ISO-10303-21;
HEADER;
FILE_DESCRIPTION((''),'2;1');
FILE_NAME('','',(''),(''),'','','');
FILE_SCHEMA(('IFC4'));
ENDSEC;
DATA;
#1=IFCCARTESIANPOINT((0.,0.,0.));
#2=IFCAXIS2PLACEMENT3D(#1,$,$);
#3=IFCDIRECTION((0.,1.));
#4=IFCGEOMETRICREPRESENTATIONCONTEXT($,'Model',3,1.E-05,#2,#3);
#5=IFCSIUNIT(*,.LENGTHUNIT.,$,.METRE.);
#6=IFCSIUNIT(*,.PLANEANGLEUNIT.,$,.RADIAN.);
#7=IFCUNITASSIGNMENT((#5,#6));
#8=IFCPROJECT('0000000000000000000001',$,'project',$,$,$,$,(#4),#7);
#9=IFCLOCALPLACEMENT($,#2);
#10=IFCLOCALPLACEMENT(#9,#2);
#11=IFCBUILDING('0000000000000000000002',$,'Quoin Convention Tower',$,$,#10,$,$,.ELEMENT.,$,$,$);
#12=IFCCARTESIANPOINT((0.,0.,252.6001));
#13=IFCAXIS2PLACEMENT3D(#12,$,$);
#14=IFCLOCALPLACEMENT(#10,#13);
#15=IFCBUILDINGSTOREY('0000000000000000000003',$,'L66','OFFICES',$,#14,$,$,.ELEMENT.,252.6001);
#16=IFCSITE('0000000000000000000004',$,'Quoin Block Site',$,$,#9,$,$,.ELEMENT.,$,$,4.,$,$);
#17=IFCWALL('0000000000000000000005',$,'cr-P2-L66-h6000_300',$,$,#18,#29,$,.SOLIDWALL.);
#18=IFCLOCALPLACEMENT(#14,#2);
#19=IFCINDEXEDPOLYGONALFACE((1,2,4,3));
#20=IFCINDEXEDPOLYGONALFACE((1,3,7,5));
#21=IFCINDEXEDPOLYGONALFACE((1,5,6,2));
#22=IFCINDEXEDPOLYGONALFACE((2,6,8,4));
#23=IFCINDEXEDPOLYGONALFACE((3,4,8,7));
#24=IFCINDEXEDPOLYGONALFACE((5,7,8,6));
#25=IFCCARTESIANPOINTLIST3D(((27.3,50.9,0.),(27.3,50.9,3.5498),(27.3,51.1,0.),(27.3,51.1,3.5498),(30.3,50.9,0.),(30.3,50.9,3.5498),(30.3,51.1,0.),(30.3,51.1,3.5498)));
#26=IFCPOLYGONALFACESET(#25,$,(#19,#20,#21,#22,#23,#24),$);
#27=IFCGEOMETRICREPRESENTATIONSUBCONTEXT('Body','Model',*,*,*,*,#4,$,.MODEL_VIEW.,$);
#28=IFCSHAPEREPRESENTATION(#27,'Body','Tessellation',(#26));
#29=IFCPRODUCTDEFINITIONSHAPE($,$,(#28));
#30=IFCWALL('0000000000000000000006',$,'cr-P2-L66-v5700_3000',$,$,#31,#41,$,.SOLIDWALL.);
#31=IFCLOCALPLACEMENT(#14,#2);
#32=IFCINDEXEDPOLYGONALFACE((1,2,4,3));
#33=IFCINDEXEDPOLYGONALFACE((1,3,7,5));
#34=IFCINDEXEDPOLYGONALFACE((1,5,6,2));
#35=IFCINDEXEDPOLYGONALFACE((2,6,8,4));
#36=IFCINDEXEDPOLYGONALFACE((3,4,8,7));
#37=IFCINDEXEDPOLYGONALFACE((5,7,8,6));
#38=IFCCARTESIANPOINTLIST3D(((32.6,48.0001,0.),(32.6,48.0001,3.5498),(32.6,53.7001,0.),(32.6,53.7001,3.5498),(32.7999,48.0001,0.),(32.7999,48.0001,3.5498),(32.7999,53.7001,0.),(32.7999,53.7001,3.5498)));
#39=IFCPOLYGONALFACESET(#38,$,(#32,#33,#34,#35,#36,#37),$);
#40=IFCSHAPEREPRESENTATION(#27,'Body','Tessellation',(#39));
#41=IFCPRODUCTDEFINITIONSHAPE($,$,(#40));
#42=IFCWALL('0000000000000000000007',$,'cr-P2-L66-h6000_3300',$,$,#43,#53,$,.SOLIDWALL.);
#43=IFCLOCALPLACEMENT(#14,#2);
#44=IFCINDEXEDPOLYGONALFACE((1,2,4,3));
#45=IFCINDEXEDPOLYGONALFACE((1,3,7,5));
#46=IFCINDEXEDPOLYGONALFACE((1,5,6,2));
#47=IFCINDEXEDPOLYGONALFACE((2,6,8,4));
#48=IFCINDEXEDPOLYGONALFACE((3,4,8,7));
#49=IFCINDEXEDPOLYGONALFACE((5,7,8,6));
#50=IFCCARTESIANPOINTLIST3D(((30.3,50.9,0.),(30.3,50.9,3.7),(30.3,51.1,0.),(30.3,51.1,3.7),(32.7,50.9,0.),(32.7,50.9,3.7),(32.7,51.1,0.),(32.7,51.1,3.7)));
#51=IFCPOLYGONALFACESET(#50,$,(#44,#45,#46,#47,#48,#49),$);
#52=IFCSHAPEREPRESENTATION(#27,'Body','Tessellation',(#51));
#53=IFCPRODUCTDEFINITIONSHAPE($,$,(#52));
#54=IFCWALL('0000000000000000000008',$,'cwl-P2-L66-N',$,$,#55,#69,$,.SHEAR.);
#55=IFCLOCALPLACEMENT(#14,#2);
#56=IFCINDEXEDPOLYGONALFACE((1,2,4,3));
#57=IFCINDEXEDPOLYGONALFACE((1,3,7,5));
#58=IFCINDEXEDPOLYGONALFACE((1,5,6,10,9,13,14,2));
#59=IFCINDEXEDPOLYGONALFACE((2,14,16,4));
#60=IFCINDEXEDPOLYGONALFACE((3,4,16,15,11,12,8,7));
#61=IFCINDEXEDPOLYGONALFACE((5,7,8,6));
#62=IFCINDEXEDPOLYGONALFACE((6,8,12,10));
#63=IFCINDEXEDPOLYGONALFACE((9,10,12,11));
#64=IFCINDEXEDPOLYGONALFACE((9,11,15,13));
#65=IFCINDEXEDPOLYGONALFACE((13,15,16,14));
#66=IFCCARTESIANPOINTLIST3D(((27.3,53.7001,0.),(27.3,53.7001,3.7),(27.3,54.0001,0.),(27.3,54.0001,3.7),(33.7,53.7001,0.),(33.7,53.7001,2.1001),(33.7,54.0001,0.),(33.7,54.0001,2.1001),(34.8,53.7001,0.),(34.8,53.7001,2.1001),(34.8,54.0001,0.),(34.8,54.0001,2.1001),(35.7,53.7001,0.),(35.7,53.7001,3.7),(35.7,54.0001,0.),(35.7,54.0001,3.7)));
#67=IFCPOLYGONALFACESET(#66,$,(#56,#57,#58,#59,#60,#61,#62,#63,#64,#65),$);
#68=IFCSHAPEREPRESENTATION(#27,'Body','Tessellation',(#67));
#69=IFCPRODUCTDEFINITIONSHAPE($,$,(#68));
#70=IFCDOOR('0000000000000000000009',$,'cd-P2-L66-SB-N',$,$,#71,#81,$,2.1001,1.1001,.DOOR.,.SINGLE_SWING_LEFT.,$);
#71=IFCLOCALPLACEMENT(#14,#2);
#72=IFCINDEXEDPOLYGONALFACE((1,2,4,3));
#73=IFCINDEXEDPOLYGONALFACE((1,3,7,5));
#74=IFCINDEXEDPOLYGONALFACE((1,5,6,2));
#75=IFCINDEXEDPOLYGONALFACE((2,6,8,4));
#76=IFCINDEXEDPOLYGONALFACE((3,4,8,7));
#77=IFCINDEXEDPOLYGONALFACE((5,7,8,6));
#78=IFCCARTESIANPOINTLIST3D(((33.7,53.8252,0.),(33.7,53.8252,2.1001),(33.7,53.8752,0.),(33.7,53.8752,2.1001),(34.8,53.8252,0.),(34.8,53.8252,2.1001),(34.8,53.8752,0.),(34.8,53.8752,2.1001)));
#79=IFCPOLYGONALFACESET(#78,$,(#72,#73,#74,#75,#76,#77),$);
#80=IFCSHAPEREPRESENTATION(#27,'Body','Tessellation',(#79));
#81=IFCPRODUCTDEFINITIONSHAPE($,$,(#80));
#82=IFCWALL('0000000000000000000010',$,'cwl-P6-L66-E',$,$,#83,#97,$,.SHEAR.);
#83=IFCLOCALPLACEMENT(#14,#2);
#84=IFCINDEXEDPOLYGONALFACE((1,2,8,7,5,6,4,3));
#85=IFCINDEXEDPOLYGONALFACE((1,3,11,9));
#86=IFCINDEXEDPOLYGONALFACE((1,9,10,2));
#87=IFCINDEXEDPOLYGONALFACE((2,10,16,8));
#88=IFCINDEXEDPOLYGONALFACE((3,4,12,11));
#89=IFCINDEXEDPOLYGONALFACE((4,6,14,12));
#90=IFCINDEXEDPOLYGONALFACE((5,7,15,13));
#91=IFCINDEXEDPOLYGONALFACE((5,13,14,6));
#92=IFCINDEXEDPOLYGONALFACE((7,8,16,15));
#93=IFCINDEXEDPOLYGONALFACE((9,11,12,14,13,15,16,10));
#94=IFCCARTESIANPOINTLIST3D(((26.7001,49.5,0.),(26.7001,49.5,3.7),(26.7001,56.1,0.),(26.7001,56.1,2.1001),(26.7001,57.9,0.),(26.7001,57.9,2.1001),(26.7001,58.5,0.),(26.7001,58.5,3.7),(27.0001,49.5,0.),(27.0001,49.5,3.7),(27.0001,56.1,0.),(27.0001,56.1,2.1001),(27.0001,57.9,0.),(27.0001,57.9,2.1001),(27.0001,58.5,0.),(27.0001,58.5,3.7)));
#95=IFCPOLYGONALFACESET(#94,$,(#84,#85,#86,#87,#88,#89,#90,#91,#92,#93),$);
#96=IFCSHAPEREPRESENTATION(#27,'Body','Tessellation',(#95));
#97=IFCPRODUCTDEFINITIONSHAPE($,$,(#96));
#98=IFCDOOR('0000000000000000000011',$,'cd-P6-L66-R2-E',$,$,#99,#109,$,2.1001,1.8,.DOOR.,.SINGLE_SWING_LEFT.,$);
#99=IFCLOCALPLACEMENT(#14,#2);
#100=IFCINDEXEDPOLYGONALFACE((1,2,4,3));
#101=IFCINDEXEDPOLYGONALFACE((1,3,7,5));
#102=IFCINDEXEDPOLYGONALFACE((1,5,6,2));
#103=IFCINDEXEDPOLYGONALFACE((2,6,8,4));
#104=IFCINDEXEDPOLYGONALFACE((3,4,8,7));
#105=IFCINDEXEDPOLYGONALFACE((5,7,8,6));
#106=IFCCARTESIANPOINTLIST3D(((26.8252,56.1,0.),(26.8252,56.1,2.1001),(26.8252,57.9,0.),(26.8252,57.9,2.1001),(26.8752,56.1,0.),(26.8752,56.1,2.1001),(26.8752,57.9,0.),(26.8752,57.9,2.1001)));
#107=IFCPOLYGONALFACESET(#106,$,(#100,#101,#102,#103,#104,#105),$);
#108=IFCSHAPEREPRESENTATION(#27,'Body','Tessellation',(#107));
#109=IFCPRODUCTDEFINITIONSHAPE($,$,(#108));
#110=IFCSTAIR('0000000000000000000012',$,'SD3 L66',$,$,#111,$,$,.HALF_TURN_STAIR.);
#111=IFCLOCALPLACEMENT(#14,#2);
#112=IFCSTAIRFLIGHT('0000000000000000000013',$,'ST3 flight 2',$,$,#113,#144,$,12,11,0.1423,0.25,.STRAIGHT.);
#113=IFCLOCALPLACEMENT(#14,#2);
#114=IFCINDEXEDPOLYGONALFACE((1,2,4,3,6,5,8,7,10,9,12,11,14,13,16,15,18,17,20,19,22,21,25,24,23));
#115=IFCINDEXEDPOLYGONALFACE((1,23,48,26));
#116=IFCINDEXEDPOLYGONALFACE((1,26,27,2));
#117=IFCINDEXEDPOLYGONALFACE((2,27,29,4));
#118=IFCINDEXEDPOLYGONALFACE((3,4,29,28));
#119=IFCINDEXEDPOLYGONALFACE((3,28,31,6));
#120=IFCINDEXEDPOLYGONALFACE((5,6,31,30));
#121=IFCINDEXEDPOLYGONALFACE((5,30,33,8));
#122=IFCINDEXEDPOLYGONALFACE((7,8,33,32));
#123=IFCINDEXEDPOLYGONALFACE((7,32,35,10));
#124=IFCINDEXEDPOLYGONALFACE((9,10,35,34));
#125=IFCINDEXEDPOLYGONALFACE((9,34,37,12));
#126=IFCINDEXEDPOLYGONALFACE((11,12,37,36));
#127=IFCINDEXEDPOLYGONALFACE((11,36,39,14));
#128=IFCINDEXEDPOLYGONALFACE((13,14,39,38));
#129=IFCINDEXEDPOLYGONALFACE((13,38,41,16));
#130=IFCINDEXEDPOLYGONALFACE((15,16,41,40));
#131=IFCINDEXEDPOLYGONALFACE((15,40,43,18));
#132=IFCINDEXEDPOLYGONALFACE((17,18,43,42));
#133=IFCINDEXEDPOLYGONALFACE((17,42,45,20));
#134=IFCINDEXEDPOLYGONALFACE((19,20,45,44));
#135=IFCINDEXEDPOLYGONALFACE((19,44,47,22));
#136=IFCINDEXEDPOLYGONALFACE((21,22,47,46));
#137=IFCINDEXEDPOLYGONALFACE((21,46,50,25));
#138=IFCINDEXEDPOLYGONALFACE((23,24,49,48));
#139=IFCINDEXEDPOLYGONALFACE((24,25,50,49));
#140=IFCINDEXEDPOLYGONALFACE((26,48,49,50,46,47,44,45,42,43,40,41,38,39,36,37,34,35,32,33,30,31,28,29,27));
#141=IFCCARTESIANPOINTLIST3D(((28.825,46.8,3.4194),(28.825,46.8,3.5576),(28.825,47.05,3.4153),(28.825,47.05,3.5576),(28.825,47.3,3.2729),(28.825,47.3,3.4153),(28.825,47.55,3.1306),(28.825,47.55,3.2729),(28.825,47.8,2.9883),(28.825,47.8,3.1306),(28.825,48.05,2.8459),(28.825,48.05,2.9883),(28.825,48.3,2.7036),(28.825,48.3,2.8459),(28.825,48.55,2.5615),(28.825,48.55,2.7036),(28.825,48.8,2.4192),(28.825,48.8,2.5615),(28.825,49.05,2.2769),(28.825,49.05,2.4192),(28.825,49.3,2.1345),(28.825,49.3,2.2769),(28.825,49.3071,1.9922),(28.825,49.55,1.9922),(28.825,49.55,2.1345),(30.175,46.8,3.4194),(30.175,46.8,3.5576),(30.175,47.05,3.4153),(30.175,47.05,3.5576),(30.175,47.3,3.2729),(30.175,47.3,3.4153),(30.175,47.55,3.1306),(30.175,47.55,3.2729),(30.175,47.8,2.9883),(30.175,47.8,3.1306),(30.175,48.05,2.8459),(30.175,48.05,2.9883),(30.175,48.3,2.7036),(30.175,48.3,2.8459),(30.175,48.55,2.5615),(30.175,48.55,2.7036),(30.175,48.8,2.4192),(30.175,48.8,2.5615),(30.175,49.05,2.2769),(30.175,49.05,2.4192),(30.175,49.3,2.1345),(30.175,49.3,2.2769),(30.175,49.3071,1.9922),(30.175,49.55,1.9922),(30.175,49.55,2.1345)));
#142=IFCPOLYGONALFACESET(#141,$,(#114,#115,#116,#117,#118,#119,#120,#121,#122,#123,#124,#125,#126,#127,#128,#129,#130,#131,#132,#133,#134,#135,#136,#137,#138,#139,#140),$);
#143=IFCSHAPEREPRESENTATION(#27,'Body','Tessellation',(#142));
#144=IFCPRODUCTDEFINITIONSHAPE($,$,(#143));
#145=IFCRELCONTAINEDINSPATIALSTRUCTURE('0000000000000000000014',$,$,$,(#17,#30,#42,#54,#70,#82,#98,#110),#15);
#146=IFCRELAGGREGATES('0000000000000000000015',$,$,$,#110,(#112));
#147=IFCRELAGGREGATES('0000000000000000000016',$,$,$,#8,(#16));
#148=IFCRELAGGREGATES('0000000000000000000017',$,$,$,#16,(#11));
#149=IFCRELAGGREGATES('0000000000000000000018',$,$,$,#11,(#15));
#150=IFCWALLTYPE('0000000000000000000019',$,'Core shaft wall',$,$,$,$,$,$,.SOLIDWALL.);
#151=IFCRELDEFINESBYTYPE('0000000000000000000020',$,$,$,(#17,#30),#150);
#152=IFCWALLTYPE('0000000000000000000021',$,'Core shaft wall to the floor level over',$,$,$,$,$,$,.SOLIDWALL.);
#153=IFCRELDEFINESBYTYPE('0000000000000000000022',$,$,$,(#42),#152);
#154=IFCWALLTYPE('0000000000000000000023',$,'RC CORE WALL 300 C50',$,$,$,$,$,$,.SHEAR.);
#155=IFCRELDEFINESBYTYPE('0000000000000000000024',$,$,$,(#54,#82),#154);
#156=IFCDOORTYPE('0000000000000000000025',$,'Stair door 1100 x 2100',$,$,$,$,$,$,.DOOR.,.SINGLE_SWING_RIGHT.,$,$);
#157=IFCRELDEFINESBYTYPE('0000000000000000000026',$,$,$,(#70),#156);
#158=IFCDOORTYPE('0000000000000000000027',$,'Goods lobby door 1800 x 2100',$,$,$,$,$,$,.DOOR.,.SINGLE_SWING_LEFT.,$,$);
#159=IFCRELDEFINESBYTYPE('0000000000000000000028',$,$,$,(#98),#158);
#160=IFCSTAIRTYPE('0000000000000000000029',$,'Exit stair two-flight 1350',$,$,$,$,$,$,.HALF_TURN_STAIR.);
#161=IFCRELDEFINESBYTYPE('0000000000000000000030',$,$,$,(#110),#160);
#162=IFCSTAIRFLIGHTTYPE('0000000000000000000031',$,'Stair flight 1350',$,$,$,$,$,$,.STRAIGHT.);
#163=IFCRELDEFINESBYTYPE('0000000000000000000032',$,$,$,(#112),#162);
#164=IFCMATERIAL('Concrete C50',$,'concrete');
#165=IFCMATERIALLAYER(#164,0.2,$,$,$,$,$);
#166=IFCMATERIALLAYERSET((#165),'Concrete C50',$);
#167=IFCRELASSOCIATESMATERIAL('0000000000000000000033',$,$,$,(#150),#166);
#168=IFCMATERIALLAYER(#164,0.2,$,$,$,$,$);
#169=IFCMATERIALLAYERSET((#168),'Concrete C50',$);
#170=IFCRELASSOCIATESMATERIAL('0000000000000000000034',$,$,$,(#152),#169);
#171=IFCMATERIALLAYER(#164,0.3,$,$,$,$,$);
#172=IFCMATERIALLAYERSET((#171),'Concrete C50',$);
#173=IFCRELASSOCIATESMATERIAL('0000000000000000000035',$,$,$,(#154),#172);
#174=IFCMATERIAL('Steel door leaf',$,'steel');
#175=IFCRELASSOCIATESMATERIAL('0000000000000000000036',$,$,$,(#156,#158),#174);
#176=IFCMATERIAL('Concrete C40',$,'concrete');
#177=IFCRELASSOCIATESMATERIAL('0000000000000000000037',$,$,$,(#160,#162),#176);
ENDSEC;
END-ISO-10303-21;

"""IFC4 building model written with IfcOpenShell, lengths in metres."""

from ifc_helpers import new_model, si_unit, direction, frame, frame_2d, origin, place, context, subcontext, project, spatial, polyline, rectangle, outline, extrude, material, layer, layer_set, type_object, element, fill, aggregate, save


model = new_model("IFC4")

# Units and contexts
model_context = context("Model", 3, precision=1e-05, world=origin(), true_north=direction((0.0, 1.0)))
body_context = subcontext(model_context, "Body", "Model", "MODEL_VIEW")
ifc_project = project(units=[si_unit("LENGTHUNIT", "METRE"), si_unit("PLANEANGLEUNIT", "RADIAN")], contexts=[model_context])

# Site, building, storey
site_placement = place(None, origin())
site = spatial("IfcSite", under=ifc_project, at=site_placement, Name="Quoin Block Site", CompositionType="ELEMENT", RefElevation=4.0)
building_placement = place(site_placement, origin())
building = spatial("IfcBuilding", under=site, at=building_placement, Name="Quoin Convention Tower", CompositionType="ELEMENT")
storey_placement = place(building_placement, frame((0.0, 0.0, 252.6001)))
storey = spatial("IfcBuildingStorey", under=building, at=storey_placement, Name="L66", Description="OFFICES", CompositionType="ELEMENT", Elevation=252.6001)

# Shared definitions
ifc_material_1 = material(Name="Concrete C50", Category="concrete")

# Walls
ifc_layer_1 = layer(ifc_material_1, 0.2)
ifc_layer_set_1 = layer_set([ifc_layer_1], Name="Concrete C50")
wall_type_1 = type_object("IfcWallType", Name="Core shaft wall", PredefinedType="SOLIDWALL", material=ifc_layer_set_1)
wall_1_placement = place(storey_placement, frame((27.3, 51.0, 0.0), z_axis=(0.0, 0.0, 1.0), x_axis=(1.0, 0.0, 0.0)))
element("IfcWall", 1, at=wall_1_placement, inside=storey, type_object=wall_type_1, Name="cr-P2-L66-h6000_300", PredefinedType="SOLIDWALL", context=body_context, shape_type="SweptSolid", body=[
    extrude(rectangle(XDim=3.0, YDim=0.2, at=frame_2d((1.5, 0.0))), origin(), (0.0, 0.0, 1.0), 3.5498),
])
wall_2_placement = place(storey_placement, frame((32.7, 48.0, 0.0), z_axis=(0.0, 0.0, 1.0), x_axis=(0.0, 1.0, 0.0)))
element("IfcWall", 2, at=wall_2_placement, inside=storey, type_object=wall_type_1, Name="cr-P2-L66-v5700_3000", PredefinedType="SOLIDWALL", context=body_context, shape_type="SweptSolid", body=[
    extrude(rectangle(XDim=5.7, YDim=0.2, at=frame_2d((2.8501, 0.0))), origin(), (0.0, 0.0, 1.0), 3.5498),
])
ifc_layer_2 = layer(ifc_material_1, 0.2)
ifc_layer_set_2 = layer_set([ifc_layer_2], Name="Concrete C50")
wall_type_2 = type_object("IfcWallType", Name="Core shaft wall to the floor level over", PredefinedType="SOLIDWALL", material=ifc_layer_set_2)
wall_3_placement = place(storey_placement, frame((30.3, 51.0, 0.0), z_axis=(0.0, 0.0, 1.0), x_axis=(1.0, 0.0, 0.0)))
element("IfcWall", 3, at=wall_3_placement, inside=storey, type_object=wall_type_2, Name="cr-P2-L66-h6000_3300", PredefinedType="SOLIDWALL", context=body_context, shape_type="SweptSolid", body=[
    extrude(rectangle(XDim=2.3999, YDim=0.2, at=frame_2d((1.2, 0.0))), origin(), (0.0, 0.0, 1.0), 3.7),
])

# Walls, openings, doors
ifc_layer_3 = layer(ifc_material_1, 0.3)
ifc_layer_set_3 = layer_set([ifc_layer_3], Name="Concrete C50")
wall_type_3 = type_object("IfcWallType", Name="RC CORE WALL 300 C50", PredefinedType="SHEAR", material=ifc_layer_set_3)
wall_4_placement = place(storey_placement, frame((27.3, 53.8501, 0.0), z_axis=(0.0, 0.0, 1.0), x_axis=(1.0, 0.0, 0.0)))
wall_4 = element("IfcWall", 4, at=wall_4_placement, inside=storey, type_object=wall_type_3, Name="cwl-P2-L66-N", PredefinedType="SHEAR", context=body_context, shape_type="SweptSolid", body=[
    extrude(rectangle(XDim=8.3999, YDim=0.3, at=frame_2d((4.2, 0.0))), origin(), (0.0, 0.0, 1.0), 3.7),
])
opening_1_placement = place(wall_4_placement, frame((6.3999, 0.0, 0.0)))
opening_1 = element("IfcOpeningElement", 5, at=opening_1_placement, cuts=wall_4, PredefinedType="OPENING", context=body_context, shape_type="SweptSolid", body=[
    extrude(rectangle(XDim=1.1001, YDim=2.1001, at=frame_2d((0.55, 1.05))), frame((0.0, 0.1599, 0.0), z_axis=(0.0, -1.0, 0.0), x_axis=(1.0, 0.0, 0.0)), (0.0, 0.0, 1.0), 0.3201),
])
ifc_material_2 = material(Name="Steel door leaf", Category="steel")
door_type_1 = type_object("IfcDoorType", Name="Stair door 1100 x 2100", OperationType="SINGLE_SWING_RIGHT", PredefinedType="DOOR", material=ifc_material_2)
door_1_placement = place(opening_1_placement, frame((1.1001, 0.0, 0.0), z_axis=(0.0, 0.0, 1.0), x_axis=(-1.0, 0.0, 0.0)))
door_1 = element("IfcDoor", 6, at=door_1_placement, inside=storey, type_object=door_type_1, Name="cd-P2-L66-SB-N", OperationType="SINGLE_SWING_LEFT", OverallHeight=2.1001, OverallWidth=1.1001, PredefinedType="DOOR", context=body_context, shape_type="SweptSolid", body=[
    extrude(rectangle(XDim=1.1001, YDim=2.1001, at=frame_2d((0.55, 1.05))), frame((0.0, 0.0249, 0.0), z_axis=(0.0, -1.0, 0.0), x_axis=(1.0, 0.0, 0.0)), (0.0, 0.0, 1.0), 0.05),
])
fill(opening_1, door_1)
wall_5_placement = place(storey_placement, frame((26.8501, 49.5, 0.0), z_axis=(0.0, 0.0, 1.0), x_axis=(0.0, 1.0, 0.0)))
wall_5 = element("IfcWall", 7, at=wall_5_placement, inside=storey, type_object=wall_type_3, Name="cwl-P6-L66-E", PredefinedType="SHEAR", context=body_context, shape_type="SweptSolid", body=[
    extrude(rectangle(XDim=9.0, YDim=0.3, at=frame_2d((4.5, 0.0))), origin(), (0.0, 0.0, 1.0), 3.7),
])
opening_2_placement = place(wall_5_placement, frame((6.6001, 0.0, 0.0)))
opening_2 = element("IfcOpeningElement", 8, at=opening_2_placement, cuts=wall_5, PredefinedType="OPENING", context=body_context, shape_type="SweptSolid", body=[
    extrude(rectangle(XDim=1.8, YDim=2.1001, at=frame_2d((0.8999, 1.05))), frame((0.0, 0.1599, 0.0), z_axis=(0.0, -1.0, 0.0), x_axis=(1.0, 0.0, 0.0)), (0.0, 0.0, 1.0), 0.3201),
])
door_type_2 = type_object("IfcDoorType", Name="Goods lobby door 1800 x 2100", OperationType="SINGLE_SWING_LEFT", PredefinedType="DOOR", material=ifc_material_2)
door_2_placement = place(opening_2_placement, origin())
door_2 = element("IfcDoor", 9, at=door_2_placement, inside=storey, type_object=door_type_2, Name="cd-P6-L66-R2-E", OperationType="SINGLE_SWING_LEFT", OverallHeight=2.1001, OverallWidth=1.8, PredefinedType="DOOR", context=body_context, shape_type="SweptSolid", body=[
    extrude(rectangle(XDim=1.8, YDim=2.1001, at=frame_2d((0.8999, 1.05))), frame((0.0, 0.0249, 0.0), z_axis=(0.0, -1.0, 0.0), x_axis=(1.0, 0.0, 0.0)), (0.0, 0.0, 1.0), 0.05),
])
fill(opening_2, door_2)

# Stair, stair flight
ifc_material_3 = material(Name="Concrete C40", Category="concrete")
stair_type_1 = type_object("IfcStairType", Name="Exit stair two-flight 1350", PredefinedType="HALF_TURN_STAIR", material=ifc_material_3)
stair_1_placement = place(storey_placement, origin())
stair_1 = element("IfcStair", 10, at=stair_1_placement, inside=storey, type_object=stair_type_1, Name="SD3 L66", PredefinedType="HALF_TURN_STAIR")
stair_flight_type_1 = type_object("IfcStairFlightType", Name="Stair flight 1350", PredefinedType="STRAIGHT", material=ifc_material_3)
stair_flight_1_placement = place(storey_placement, frame((29.5, 49.55, 1.9922), z_axis=(0.0, 0.0, 1.0), x_axis=(0.0, -1.0, 0.0)))
stair_flight_1 = element("IfcStairFlight", 11, at=stair_flight_1_placement, type_object=stair_flight_type_1, Name="ST3 flight 2", NumberOfRisers=12, NumberOfTreads=11, PredefinedType="STRAIGHT", RiserHeight=0.1423, TreadLength=0.25, context=body_context, shape_type="SweptSolid", body=[
    extrude(outline(polyline([(0.0, 0.0), (0.0, 0.1423), (0.25, 0.1423), (0.25, 0.2847), (0.5, 0.2847), (0.5, 0.427), (0.75, 0.427), (0.75, 0.5693), (1.0, 0.5693), (1.0, 0.7114), (1.25, 0.7114), (1.25, 0.8538), (1.5, 0.8538), (1.5, 0.9961), (1.75, 0.9961), (1.75, 1.1384), (2.0, 1.1384), (2.0, 1.2808), (2.25, 1.2808), (2.25, 1.4231), (2.5, 1.4231), (2.5, 1.5654), (2.75, 1.5654), (2.75, 1.7078), (2.75, 1.4272), (0.2429, 0.0), (0.0, 0.0)])), frame((0.0, 0.675, 0.0), z_axis=(0.0, -1.0, 0.0), x_axis=(1.0, 0.0, 0.0)), (0.0, 0.0, 1.0), 1.3501),
])
aggregate(stair_1, [stair_flight_1])

save(model, "model.ifc")
